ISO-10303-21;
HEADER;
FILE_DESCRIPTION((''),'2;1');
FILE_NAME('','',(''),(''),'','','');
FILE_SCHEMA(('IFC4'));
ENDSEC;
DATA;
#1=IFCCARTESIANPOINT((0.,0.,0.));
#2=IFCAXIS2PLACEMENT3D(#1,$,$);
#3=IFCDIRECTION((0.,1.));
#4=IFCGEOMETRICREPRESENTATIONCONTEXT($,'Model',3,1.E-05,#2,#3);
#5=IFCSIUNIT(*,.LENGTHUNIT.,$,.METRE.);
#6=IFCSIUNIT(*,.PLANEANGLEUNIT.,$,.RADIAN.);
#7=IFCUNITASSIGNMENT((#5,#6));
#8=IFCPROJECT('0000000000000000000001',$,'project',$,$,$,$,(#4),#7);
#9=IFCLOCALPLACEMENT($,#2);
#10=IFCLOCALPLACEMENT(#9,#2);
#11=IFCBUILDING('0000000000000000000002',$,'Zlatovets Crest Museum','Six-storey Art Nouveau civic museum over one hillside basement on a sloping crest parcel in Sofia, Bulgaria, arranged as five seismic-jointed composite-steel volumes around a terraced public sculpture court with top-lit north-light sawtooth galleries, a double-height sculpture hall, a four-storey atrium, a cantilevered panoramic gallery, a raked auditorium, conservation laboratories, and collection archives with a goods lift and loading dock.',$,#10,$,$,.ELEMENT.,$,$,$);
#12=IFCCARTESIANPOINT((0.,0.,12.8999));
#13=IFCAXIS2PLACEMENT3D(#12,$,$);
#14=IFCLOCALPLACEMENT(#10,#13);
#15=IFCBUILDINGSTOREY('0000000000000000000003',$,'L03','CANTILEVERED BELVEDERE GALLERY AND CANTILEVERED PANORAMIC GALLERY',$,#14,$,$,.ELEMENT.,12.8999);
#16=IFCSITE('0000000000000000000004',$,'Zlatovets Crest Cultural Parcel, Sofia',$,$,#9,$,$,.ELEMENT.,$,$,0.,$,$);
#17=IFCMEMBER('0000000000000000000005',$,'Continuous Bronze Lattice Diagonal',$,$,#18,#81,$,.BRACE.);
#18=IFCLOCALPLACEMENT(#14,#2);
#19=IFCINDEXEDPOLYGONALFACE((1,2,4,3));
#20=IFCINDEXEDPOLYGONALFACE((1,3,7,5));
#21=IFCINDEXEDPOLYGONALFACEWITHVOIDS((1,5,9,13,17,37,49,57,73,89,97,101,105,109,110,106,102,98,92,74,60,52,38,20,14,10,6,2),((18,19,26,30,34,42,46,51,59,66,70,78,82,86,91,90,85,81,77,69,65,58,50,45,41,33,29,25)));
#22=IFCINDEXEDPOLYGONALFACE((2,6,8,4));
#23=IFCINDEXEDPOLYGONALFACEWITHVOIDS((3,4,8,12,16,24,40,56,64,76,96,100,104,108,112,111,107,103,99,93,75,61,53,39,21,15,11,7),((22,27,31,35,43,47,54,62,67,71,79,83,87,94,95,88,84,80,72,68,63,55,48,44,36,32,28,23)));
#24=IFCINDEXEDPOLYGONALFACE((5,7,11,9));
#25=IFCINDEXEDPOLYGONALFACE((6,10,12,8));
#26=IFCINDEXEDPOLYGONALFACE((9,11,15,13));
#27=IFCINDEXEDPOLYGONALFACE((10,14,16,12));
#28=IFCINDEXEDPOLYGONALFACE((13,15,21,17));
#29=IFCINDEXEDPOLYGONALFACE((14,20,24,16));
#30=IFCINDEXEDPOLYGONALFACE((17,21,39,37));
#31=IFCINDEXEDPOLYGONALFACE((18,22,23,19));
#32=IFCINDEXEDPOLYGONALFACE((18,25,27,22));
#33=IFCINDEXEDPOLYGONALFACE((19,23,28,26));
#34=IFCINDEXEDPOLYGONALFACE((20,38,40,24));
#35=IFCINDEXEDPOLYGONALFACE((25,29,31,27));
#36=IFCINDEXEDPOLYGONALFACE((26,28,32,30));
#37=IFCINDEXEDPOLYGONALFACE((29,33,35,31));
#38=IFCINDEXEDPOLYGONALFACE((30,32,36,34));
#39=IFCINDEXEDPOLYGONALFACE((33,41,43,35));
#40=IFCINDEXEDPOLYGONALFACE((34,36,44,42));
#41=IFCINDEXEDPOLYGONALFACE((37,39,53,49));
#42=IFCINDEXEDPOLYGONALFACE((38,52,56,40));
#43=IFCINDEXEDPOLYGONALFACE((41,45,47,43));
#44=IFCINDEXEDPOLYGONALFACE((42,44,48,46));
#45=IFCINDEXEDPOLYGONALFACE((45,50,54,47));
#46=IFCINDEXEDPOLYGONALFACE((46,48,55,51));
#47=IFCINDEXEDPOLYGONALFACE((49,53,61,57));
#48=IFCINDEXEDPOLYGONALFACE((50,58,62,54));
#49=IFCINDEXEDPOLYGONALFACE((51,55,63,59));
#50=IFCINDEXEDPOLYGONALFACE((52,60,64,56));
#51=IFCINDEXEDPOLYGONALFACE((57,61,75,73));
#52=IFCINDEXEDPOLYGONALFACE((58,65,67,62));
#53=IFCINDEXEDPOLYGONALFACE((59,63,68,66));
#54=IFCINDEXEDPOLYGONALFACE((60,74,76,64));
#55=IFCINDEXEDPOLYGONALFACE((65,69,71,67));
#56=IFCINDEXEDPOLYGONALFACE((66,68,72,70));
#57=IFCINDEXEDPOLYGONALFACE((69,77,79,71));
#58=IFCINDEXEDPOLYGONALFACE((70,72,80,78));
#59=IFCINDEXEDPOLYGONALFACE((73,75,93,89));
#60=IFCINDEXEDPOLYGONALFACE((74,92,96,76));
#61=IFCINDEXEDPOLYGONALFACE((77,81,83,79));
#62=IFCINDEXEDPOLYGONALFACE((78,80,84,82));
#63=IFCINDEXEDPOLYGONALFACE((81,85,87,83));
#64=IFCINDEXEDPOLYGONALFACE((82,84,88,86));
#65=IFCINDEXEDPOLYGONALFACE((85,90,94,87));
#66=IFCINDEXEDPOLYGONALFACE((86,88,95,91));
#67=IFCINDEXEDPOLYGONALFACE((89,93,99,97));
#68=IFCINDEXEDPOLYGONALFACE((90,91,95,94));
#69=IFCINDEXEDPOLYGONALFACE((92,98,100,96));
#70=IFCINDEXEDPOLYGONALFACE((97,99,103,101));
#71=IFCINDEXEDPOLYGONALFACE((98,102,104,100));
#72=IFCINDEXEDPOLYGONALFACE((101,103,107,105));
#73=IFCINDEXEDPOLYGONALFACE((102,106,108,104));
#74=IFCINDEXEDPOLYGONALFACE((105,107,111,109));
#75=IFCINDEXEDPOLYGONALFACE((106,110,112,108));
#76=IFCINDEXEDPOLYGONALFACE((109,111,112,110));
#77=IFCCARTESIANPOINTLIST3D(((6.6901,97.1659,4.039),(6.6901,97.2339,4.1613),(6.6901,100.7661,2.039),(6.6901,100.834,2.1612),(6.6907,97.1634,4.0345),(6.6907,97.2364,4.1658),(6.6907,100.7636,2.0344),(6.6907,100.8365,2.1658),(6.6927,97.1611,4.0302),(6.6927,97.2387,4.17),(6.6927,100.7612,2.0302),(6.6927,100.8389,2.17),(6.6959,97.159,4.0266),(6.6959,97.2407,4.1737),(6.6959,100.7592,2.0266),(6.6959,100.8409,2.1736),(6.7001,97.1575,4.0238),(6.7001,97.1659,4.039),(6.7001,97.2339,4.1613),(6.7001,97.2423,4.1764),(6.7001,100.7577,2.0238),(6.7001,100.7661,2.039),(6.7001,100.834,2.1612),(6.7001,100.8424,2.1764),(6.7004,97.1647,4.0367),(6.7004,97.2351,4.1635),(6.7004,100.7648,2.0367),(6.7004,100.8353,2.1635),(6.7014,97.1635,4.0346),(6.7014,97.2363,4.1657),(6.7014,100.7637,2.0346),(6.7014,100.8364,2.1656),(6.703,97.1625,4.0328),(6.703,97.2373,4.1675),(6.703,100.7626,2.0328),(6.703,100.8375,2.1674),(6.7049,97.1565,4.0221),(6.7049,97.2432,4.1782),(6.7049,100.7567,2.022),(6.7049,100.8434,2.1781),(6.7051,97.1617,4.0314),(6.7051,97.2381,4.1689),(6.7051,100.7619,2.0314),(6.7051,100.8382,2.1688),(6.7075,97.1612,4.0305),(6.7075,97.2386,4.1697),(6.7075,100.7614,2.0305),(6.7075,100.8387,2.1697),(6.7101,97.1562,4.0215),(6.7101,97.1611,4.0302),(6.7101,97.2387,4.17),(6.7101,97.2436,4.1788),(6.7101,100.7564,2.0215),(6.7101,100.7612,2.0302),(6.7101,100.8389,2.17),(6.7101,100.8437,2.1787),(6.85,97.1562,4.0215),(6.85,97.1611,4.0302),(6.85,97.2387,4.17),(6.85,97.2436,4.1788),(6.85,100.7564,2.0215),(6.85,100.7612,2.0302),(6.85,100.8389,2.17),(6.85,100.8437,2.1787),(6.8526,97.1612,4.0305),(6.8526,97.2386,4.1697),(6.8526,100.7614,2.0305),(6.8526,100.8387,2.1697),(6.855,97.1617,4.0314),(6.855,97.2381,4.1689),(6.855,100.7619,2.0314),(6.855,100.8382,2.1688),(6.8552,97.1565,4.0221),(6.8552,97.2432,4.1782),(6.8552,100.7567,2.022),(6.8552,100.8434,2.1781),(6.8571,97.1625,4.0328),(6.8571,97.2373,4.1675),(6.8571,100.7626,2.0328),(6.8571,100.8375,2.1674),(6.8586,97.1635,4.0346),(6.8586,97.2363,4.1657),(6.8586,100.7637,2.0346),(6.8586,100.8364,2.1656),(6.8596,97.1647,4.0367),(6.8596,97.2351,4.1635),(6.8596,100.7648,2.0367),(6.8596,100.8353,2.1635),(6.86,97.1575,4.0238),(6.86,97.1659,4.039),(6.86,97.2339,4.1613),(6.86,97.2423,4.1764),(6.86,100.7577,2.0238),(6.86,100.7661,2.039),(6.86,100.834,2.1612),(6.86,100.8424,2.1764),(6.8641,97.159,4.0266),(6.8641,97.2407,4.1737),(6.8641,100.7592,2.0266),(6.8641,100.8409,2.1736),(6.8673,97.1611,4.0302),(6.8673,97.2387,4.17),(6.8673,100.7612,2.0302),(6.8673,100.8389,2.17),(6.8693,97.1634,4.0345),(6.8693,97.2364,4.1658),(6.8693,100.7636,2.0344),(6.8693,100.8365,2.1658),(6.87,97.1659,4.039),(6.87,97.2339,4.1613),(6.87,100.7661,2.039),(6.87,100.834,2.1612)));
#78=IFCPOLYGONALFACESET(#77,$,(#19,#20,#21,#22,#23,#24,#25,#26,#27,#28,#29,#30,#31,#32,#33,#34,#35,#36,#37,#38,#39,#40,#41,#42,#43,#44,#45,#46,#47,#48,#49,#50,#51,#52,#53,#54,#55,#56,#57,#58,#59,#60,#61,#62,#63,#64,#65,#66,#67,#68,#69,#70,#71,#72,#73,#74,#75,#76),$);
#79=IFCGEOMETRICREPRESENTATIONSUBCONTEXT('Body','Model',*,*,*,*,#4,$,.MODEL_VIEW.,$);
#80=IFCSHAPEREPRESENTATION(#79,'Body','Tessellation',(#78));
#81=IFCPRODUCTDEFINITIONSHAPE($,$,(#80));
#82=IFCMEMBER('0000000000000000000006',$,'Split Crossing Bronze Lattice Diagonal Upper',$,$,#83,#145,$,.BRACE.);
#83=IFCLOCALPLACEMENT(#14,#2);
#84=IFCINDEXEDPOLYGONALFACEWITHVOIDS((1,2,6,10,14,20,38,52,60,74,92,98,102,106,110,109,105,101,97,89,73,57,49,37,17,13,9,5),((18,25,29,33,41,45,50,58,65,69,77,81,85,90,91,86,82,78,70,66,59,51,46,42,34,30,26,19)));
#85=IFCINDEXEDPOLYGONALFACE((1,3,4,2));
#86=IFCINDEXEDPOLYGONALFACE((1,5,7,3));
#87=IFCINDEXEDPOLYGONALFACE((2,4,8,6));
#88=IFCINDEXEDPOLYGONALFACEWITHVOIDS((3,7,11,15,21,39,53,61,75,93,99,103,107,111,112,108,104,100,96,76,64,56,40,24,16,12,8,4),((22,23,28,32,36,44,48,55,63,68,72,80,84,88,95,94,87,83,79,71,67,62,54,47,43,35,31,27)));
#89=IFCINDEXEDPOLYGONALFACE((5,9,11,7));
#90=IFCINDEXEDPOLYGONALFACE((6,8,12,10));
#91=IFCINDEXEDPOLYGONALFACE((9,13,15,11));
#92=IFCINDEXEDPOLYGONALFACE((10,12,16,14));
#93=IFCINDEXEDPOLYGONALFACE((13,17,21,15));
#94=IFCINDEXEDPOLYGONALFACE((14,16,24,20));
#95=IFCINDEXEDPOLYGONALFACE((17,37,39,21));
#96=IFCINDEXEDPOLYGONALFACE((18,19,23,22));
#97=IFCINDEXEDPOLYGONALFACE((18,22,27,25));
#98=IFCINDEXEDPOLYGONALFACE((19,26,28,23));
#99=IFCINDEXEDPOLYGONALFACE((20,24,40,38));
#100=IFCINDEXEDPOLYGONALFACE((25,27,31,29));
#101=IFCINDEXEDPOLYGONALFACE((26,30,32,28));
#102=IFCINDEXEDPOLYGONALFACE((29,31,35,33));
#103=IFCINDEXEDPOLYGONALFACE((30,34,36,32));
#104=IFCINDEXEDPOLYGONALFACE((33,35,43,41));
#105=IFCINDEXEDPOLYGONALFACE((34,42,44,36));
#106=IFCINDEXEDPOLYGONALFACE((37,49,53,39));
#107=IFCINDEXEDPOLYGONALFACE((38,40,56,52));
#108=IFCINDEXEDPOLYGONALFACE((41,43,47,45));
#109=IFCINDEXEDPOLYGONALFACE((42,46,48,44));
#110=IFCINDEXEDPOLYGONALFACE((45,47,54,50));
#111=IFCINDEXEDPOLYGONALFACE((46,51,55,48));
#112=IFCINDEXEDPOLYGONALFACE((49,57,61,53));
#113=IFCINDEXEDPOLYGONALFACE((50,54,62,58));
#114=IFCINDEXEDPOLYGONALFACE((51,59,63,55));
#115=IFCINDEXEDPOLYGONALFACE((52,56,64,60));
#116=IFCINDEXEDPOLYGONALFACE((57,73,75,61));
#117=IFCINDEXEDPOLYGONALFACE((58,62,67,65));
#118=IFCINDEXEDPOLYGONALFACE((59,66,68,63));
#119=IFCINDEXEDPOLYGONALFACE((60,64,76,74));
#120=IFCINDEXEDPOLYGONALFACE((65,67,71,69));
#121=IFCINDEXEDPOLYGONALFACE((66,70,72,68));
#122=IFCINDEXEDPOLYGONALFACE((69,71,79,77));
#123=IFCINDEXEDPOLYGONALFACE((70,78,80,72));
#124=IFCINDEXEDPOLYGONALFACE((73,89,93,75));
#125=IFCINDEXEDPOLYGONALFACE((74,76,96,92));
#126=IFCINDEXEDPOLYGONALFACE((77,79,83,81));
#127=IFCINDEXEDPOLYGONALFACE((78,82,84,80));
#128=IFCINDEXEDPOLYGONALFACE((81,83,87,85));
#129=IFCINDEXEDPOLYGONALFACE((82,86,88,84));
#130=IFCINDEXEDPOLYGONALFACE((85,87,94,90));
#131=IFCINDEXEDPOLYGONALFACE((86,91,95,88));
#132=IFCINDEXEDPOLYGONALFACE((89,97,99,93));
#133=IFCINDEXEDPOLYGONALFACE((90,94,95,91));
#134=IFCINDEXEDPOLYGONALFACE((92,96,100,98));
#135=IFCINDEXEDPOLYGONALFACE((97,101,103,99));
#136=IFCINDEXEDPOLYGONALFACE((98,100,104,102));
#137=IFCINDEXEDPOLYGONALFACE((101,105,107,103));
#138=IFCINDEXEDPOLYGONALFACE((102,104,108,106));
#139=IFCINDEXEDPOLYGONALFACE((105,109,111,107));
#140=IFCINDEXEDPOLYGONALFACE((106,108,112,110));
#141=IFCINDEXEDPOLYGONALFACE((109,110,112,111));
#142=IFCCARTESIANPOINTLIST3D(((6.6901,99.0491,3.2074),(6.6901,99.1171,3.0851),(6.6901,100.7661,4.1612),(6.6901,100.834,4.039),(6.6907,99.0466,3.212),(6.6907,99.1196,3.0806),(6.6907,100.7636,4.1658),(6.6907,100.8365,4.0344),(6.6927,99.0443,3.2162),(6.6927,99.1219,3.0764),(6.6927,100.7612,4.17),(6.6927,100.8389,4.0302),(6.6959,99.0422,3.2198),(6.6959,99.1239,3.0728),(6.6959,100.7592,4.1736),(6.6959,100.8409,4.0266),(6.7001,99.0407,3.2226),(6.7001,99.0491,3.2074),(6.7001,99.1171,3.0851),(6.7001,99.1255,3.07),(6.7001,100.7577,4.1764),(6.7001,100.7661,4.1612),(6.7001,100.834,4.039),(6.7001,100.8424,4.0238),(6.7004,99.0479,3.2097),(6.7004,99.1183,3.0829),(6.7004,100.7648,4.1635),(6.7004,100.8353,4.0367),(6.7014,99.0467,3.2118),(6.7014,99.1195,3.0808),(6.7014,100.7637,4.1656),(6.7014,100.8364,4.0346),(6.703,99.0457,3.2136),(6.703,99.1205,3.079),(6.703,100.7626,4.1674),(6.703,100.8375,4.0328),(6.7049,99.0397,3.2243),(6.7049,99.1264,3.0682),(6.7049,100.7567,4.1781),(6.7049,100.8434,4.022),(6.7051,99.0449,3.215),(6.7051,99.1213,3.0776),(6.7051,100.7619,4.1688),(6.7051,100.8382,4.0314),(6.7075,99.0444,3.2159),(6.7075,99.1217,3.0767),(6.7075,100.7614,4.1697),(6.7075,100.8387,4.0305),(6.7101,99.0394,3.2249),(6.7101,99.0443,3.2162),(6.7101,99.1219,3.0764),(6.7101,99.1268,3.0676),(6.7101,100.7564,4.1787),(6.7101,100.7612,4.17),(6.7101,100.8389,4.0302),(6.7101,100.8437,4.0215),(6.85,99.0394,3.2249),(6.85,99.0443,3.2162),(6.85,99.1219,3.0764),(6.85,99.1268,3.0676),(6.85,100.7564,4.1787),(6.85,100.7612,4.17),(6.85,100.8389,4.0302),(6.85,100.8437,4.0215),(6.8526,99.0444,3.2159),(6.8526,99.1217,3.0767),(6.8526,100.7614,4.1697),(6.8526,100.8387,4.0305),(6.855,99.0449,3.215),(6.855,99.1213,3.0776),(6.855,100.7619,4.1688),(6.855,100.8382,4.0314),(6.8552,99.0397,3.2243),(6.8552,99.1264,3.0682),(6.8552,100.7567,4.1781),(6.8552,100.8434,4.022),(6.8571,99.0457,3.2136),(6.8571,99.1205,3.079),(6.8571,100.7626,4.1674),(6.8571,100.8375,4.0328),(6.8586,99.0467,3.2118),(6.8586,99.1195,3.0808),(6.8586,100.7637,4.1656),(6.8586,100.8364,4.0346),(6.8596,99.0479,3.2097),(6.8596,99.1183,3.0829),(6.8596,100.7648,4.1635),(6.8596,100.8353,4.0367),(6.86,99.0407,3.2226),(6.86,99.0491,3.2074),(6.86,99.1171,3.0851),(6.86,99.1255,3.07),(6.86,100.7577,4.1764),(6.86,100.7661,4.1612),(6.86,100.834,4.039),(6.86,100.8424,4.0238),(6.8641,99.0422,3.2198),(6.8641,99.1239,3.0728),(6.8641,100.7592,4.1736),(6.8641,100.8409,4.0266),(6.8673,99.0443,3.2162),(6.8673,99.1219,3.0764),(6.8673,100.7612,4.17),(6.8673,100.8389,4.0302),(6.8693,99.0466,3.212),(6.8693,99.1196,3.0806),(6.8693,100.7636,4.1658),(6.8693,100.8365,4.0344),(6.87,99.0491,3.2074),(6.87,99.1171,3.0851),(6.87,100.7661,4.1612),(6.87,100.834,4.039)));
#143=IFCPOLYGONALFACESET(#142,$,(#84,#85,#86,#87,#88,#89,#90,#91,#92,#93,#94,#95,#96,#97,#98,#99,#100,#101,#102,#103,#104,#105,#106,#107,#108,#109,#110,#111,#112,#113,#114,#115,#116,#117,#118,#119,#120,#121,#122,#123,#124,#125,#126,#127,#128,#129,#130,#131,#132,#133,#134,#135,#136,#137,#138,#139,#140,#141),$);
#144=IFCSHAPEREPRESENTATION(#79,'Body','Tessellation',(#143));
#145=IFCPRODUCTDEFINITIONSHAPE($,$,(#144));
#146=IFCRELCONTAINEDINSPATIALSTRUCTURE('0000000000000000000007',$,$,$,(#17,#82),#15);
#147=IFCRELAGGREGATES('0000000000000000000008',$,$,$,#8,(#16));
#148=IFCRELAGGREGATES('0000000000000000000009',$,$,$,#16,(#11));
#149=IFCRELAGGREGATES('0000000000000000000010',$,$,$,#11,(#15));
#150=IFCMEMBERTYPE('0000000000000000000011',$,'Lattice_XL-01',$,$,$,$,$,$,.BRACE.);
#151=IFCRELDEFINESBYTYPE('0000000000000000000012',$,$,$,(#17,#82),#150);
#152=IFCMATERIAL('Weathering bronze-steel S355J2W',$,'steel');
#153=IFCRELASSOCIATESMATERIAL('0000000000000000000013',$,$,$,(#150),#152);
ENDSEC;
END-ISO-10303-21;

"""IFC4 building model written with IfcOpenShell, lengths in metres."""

from ifc_helpers import new_model, si_unit, direction, frame, origin, origin_2d, place, context, subcontext, project, spatial, hollow_rectangle, extrude, material, material_profile, profile_set, type_object, element, save


model = new_model("IFC4")

# Units and contexts
model_context = context("Model", 3, precision=1e-05, world=origin(), true_north=direction((0.0, 1.0)))
body_context = subcontext(model_context, "Body", "Model", "MODEL_VIEW")
ifc_project = project(units=[si_unit("LENGTHUNIT", "METRE"), si_unit("PLANEANGLEUNIT", "RADIAN")], contexts=[model_context])

# Site, building, storey
site_placement = place(None, origin())
site = spatial("IfcSite", under=ifc_project, at=site_placement, Name="Zlatovets Crest Cultural Parcel, Sofia", CompositionType="ELEMENT", RefElevation=0.0)
building_placement = place(site_placement, origin())
building = spatial("IfcBuilding", under=site, at=building_placement, Name="Zlatovets Crest Museum", Description="Six-storey Art Nouveau civic museum over one hillside basement on a sloping crest parcel in Sofia, Bulgaria, arranged as five seismic-jointed composite-steel volumes around a terraced public sculpture court with top-lit north-light sawtooth galleries, a double-height sculpture hall, a four-storey atrium, a cantilevered panoramic gallery, a raked auditorium, conservation laboratories, and collection archives with a goods lift and loading dock.", CompositionType="ELEMENT")
storey_placement = place(building_placement, frame((0.0, 0.0, 12.8999)))
storey = spatial("IfcBuildingStorey", under=building, at=storey_placement, Name="L03", Description="CANTILEVERED BELVEDERE GALLERY AND CANTILEVERED PANORAMIC GALLERY", CompositionType="ELEMENT", Elevation=12.8999)

# Members
ifc_material_1 = material(Name="Weathering bronze-steel S355J2W", Category="steel")
ifc_material_profile_1 = material_profile(ifc_material_1, hollow_rectangle(XDim=0.1799, YDim=0.1799, WallThickness=0.01, InnerFilletRadius=0.01, OuterFilletRadius=0.02, at=origin_2d()), Name="SHS 180x180x10.0")
ifc_profile_set_1 = profile_set([ifc_material_profile_1], Name="Weathering bronze-steel S355J2W")
member_type_1 = type_object("IfcMemberType", Name="Lattice_XL-01", PredefinedType="BRACE", material=ifc_profile_set_1)
member_1_placement = place(storey_placement, frame((6.78, 100.8, 2.1001), z_axis=(0.0, -0.874163, 0.485633), x_axis=(1.0, 0.0, 0.0)))
element("IfcMember", 1, at=member_1_placement, inside=storey, type_object=member_type_1, Name="Continuous Bronze Lattice Diagonal", PredefinedType="BRACE", context=body_context, shape_type="SweptSolid", body=[
    extrude(hollow_rectangle(XDim=0.1799, YDim=0.1799, WallThickness=0.01, InnerFilletRadius=0.01, OuterFilletRadius=0.02, at=origin_2d()), origin(), (0.0, 0.0, 1.0), 4.1184),
])
for number, where, z_axis, x_axis, name in (
    (2, (6.78, 100.8, 4.1001), (0.0, -0.874169, -0.485622), (1.0, 0.0, 0.0), "Split Crossing Bronze Lattice Diagonal Upper"),
):
    element("IfcMember", number, at=place(storey_placement, frame(where, z_axis=z_axis, x_axis=x_axis)), inside=storey, type_object=member_type_1, Name=name, PredefinedType="BRACE", context=body_context, shape_type="SweptSolid", body=[
        extrude(hollow_rectangle(XDim=0.1799, YDim=0.1799, WallThickness=0.01, InnerFilletRadius=0.01, OuterFilletRadius=0.02, at=origin_2d()), origin(), (0.0, 0.0, 1.0), 1.9641),
    ])

save(model, "model.ifc")
